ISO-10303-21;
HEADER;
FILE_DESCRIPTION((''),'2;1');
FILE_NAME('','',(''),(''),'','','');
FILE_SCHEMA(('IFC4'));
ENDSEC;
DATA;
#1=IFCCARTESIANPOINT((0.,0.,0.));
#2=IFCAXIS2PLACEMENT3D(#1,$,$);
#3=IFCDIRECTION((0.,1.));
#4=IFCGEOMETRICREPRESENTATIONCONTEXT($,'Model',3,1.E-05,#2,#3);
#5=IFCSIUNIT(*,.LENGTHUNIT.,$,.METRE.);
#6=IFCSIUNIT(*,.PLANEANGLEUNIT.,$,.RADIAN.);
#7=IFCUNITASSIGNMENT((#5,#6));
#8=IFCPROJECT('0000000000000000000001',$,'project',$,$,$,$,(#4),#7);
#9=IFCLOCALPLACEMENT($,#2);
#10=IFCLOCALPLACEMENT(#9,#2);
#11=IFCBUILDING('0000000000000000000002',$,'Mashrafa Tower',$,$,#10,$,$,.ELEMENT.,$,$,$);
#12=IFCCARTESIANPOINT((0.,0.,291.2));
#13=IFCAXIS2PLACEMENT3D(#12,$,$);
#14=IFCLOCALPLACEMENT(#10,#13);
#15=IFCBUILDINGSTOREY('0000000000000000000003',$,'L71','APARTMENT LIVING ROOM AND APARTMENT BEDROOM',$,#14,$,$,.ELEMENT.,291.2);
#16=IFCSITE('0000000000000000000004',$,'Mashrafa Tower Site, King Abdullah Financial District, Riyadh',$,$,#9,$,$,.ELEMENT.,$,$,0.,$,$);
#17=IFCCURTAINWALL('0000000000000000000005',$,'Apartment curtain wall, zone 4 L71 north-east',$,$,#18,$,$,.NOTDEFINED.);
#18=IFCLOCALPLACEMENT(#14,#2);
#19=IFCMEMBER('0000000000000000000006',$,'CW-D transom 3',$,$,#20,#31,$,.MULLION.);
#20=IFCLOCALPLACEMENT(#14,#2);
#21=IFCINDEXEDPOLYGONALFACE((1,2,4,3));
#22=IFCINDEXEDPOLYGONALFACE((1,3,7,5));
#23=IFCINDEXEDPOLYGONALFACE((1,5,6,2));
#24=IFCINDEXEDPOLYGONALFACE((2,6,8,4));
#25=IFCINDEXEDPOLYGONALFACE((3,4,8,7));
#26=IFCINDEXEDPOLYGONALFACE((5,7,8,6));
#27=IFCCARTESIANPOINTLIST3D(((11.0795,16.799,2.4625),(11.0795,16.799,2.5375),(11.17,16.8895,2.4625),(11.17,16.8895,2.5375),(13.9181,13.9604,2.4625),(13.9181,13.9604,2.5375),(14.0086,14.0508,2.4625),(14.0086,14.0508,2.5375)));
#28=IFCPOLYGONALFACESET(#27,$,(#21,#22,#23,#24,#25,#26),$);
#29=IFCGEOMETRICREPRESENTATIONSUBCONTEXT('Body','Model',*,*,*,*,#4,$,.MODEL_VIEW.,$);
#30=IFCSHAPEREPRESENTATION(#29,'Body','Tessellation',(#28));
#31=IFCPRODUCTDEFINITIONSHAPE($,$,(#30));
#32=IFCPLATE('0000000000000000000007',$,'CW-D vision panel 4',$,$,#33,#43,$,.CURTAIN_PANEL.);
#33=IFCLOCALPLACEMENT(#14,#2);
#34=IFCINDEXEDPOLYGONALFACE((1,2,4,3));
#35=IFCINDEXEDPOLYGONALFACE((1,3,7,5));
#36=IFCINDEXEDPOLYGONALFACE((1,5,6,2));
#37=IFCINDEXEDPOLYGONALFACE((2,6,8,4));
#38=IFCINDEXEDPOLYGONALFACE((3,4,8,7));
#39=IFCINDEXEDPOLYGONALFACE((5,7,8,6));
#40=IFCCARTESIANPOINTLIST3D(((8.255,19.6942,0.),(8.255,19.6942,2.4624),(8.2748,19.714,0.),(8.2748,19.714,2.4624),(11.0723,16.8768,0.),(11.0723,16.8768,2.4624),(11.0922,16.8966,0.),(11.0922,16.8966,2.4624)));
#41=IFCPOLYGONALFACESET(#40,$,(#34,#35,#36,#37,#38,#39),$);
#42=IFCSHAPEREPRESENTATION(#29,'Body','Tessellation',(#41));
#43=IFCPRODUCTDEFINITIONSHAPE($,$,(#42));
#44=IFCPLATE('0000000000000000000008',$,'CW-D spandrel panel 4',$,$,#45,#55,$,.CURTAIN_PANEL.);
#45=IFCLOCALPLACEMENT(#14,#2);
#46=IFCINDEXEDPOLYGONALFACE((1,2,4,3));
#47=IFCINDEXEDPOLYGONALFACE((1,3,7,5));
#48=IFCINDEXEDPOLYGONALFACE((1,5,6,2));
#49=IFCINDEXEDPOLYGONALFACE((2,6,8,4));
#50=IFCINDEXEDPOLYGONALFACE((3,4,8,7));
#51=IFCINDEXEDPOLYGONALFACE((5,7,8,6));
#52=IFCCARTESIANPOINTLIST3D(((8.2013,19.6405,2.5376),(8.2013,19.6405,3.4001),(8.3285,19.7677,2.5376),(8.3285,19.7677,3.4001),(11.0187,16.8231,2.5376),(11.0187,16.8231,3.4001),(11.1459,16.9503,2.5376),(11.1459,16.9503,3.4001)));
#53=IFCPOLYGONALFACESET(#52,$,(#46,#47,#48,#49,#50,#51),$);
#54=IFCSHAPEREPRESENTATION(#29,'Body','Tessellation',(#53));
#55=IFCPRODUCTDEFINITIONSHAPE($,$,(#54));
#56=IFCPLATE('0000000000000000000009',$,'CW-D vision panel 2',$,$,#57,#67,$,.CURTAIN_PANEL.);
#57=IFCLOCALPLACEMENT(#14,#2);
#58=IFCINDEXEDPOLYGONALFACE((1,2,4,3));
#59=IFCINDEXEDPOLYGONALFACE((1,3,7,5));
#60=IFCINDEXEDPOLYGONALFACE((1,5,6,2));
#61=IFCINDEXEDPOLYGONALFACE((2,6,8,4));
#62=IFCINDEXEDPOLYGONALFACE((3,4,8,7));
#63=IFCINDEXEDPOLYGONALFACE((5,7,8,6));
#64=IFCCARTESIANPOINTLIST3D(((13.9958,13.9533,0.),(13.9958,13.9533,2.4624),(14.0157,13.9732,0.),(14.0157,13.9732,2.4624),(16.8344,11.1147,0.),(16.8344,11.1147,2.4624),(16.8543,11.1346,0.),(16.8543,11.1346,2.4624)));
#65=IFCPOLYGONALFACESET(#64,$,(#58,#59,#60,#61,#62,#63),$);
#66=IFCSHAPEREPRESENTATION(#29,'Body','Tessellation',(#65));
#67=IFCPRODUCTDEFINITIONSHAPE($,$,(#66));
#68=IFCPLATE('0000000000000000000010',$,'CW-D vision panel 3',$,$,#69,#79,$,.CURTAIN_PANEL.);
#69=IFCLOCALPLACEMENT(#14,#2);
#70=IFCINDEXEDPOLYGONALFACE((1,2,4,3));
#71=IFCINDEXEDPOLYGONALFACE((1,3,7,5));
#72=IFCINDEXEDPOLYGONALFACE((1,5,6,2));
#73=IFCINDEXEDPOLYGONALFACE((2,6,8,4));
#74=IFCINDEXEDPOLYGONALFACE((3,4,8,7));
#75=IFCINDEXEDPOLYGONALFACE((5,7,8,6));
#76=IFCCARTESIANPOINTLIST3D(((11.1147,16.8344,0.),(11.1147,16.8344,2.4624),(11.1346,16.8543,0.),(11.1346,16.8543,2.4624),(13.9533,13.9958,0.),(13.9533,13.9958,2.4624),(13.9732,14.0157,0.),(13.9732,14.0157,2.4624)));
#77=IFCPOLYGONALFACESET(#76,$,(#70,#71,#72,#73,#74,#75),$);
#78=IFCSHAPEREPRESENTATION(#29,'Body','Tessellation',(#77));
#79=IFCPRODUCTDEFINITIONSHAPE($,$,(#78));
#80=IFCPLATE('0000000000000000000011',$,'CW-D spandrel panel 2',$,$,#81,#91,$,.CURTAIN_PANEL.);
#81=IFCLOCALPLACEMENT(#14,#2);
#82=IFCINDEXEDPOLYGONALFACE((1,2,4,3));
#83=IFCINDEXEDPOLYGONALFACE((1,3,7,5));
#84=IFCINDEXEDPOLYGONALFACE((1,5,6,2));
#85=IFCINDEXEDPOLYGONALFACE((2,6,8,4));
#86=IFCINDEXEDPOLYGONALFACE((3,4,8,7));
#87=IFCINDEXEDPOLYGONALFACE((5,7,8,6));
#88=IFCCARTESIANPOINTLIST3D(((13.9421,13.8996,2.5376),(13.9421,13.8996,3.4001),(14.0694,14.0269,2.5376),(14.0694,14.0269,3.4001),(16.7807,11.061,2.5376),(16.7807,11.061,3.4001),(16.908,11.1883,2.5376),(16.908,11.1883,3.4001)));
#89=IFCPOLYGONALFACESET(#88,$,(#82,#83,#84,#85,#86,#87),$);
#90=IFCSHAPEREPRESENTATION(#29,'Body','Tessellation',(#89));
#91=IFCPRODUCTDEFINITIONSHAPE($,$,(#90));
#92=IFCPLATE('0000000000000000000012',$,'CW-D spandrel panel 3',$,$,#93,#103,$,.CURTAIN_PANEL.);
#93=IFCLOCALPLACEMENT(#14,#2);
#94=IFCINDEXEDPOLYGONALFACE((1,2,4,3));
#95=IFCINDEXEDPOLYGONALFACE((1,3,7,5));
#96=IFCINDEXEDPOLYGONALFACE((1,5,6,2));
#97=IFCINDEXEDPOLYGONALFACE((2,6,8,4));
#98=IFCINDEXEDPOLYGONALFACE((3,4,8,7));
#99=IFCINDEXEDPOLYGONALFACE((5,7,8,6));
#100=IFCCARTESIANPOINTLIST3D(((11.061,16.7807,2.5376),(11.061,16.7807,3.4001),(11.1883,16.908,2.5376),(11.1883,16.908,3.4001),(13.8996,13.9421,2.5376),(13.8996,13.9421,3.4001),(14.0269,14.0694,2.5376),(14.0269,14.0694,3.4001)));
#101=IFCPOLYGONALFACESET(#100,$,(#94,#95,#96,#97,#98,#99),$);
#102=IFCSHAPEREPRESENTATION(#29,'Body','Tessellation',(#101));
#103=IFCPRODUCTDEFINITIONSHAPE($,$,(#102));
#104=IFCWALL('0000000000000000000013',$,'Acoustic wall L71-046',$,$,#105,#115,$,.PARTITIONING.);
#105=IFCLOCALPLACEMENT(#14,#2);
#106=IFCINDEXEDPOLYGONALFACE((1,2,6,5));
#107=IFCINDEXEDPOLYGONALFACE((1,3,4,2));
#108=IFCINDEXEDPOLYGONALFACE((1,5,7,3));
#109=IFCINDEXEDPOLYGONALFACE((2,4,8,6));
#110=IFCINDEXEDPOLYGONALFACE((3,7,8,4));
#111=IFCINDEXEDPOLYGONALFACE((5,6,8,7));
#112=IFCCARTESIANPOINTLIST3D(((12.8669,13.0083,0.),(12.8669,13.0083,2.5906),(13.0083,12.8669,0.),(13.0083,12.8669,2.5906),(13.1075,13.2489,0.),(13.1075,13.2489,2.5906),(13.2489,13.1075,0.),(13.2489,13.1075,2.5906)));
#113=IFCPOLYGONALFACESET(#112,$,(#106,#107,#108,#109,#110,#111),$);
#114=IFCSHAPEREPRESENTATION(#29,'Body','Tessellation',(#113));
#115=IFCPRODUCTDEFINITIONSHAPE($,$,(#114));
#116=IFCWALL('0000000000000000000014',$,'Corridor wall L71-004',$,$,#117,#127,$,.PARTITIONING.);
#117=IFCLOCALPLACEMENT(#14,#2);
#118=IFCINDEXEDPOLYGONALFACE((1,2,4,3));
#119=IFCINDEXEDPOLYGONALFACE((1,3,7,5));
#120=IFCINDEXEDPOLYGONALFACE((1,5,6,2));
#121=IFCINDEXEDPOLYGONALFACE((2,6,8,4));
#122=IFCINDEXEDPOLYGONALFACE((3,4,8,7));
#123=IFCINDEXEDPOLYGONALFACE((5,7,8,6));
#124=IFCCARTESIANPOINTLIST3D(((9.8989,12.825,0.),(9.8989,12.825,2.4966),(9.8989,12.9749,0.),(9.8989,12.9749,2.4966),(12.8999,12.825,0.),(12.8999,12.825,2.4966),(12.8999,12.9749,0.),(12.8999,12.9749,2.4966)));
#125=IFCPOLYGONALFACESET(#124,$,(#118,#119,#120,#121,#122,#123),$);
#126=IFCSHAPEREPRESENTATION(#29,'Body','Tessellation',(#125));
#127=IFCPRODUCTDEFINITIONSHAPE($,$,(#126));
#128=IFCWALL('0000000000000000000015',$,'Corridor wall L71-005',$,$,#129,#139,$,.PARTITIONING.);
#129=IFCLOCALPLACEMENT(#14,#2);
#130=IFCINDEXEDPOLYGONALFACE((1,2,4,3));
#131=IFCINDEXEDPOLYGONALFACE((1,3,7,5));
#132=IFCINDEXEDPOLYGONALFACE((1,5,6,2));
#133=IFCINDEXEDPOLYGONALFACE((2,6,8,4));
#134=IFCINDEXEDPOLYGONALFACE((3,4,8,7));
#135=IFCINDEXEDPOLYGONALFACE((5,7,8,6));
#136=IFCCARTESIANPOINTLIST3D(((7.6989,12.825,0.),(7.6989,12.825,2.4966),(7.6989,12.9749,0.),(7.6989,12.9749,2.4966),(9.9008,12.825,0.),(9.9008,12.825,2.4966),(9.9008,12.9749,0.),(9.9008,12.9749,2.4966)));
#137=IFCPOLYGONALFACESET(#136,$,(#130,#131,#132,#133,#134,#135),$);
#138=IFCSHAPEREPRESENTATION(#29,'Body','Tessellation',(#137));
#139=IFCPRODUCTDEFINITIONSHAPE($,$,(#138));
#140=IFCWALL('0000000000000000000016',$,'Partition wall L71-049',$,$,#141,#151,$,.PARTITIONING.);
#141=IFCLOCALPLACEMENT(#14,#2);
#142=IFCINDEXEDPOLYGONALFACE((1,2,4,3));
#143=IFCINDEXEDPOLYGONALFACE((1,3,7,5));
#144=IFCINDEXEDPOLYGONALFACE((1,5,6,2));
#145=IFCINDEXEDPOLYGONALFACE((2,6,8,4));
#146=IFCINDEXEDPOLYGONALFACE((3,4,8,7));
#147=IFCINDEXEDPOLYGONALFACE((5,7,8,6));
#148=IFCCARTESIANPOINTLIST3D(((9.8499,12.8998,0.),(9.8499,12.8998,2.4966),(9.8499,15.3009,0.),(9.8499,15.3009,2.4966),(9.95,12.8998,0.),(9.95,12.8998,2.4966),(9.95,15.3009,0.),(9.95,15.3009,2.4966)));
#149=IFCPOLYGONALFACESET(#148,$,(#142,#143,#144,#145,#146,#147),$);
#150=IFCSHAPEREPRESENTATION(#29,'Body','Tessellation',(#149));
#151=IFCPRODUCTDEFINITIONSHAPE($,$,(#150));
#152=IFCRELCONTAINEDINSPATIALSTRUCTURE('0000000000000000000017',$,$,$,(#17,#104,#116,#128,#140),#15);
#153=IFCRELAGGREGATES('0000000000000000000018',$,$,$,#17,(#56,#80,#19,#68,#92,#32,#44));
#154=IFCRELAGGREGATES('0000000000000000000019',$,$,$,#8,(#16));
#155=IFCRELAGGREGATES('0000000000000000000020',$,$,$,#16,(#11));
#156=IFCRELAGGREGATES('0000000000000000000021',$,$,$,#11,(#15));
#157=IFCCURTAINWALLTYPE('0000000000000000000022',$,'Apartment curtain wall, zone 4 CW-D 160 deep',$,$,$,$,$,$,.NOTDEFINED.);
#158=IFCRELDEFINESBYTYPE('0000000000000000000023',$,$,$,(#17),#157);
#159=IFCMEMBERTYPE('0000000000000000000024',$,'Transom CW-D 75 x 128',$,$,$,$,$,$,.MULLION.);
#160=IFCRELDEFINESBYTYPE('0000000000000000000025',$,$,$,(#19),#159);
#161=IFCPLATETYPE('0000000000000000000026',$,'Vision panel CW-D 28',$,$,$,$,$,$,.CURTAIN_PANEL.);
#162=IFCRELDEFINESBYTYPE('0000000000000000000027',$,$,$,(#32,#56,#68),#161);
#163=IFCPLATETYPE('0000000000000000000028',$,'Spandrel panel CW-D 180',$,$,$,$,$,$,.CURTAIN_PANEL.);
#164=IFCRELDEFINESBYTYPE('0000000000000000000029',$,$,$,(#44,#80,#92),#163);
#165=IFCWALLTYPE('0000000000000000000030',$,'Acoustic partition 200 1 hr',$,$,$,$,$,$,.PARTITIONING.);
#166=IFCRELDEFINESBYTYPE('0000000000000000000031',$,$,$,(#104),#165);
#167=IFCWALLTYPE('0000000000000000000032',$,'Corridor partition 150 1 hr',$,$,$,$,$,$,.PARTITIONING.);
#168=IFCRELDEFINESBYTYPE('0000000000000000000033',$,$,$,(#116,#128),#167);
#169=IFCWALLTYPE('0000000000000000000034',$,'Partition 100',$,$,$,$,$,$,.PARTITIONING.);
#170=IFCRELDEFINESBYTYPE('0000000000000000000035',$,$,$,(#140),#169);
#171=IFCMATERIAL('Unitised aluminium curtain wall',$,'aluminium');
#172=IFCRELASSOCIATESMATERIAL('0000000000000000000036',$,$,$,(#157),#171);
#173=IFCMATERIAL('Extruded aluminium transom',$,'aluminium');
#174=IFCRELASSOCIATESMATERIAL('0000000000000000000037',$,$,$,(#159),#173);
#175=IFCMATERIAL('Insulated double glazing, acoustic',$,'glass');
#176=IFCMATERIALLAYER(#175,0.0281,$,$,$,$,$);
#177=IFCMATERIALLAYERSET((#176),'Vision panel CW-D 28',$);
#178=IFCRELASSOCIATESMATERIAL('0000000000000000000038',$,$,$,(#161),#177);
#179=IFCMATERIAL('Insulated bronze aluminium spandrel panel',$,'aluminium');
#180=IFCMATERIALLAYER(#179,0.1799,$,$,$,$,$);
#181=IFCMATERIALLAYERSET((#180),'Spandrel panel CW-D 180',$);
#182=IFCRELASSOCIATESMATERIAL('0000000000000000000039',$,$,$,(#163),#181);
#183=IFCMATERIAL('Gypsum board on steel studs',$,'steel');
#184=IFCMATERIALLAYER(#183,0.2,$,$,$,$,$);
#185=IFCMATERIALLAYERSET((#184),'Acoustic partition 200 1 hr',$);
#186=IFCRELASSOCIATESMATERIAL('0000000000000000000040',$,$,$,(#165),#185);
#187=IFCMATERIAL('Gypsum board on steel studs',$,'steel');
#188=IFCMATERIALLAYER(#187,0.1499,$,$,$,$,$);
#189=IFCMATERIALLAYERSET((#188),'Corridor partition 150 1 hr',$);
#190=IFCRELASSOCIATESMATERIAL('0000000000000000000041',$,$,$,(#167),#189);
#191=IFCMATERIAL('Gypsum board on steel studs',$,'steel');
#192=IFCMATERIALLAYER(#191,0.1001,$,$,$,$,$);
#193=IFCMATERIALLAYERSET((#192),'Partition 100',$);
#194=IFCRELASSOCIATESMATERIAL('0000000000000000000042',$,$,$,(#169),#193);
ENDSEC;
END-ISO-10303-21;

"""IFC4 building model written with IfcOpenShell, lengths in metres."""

from ifc_helpers import new_model, si_unit, direction, frame, frame_2d, origin, origin_2d, place, context, subcontext, project, spatial, rectangle, extrude, source, transform, mapped, material, layer, layer_set, material_profile, profile_set, type_object, type_shapes, element, aggregate, save


model = new_model("IFC4")

# Units and contexts
model_context = context("Model", 3, precision=1e-05, world=origin(), true_north=direction((0.0, 1.0)))
body_context = subcontext(model_context, "Body", "Model", "MODEL_VIEW")
ifc_project = project(units=[si_unit("LENGTHUNIT", "METRE"), si_unit("PLANEANGLEUNIT", "RADIAN")], contexts=[model_context])

# Site, building, storey
site_placement = place(None, origin())
site = spatial("IfcSite", under=ifc_project, at=site_placement, Name="Mashrafa Tower Site, King Abdullah Financial District, Riyadh", CompositionType="ELEMENT", RefElevation=0.0)
building_placement = place(site_placement, origin())
building = spatial("IfcBuilding", under=site, at=building_placement, Name="Mashrafa Tower", CompositionType="ELEMENT")
storey_placement = place(building_placement, frame((0.0, 0.0, 291.2)))
storey = spatial("IfcBuildingStorey", under=building, at=storey_placement, Name="L71", Description="APARTMENT LIVING ROOM AND APARTMENT BEDROOM", CompositionType="ELEMENT", Elevation=291.2)

# Curtain wall
ifc_material_1 = material(Name="Unitised aluminium curtain wall", Category="aluminium")
curtain_wall_type = type_object("IfcCurtainWallType", Name="Apartment curtain wall, zone 4 CW-D 160 deep", PredefinedType="NOTDEFINED", material=ifc_material_1)
curtain_wall_1_placement = place(storey_placement, origin())
curtain_wall_1 = element("IfcCurtainWall", 1, at=curtain_wall_1_placement, inside=storey, type_object=curtain_wall_type, Name="Apartment curtain wall, zone 4 L71 north-east", PredefinedType="NOTDEFINED")

# Member
ifc_material_2 = material(Name="Extruded aluminium transom", Category="aluminium")
ifc_material_profile_1 = material_profile(ifc_material_2, rectangle(XDim=0.1279, YDim=0.075, at=origin_2d()), Name="Transom 75x128")
ifc_profile_set_1 = profile_set([ifc_material_profile_1], Name="Extruded aluminium transom")
member_type_1 = type_object("IfcMemberType", Name="Transom CW-D 75 x 128", PredefinedType="MULLION", material=ifc_profile_set_1)
shared_shape_1 = source(origin(), body_context, "Body", "SweptSolid", [
    extrude(rectangle(XDim=0.1279, YDim=0.075, at=origin_2d()), origin(), (0.0, 0.0, 1.0), 4.0144),
])
member_1_placement = place(storey_placement, frame((13.9634, 14.0056, 2.5), z_axis=(-0.707107, 0.707107, 0.0), x_axis=(-0.707107, -0.707107, 0.0)))
member_1 = element("IfcMember", 2, at=member_1_placement, type_object=member_type_1, Name="CW-D transom 3", PredefinedType="MULLION", context=body_context, shape_type="MappedRepresentation", body=[
    mapped(shared_shape_1, transform((0.0, 0.0, 0.0))),
])

# Plates
ifc_material_3 = material(Name="Insulated double glazing, acoustic", Category="glass")
ifc_layer_1 = layer(ifc_material_3, 0.0281)
ifc_layer_set_1 = layer_set([ifc_layer_1], Name="Vision panel CW-D 28")
plate_type_1 = type_object("IfcPlateType", Name="Vision panel CW-D 28", PredefinedType="CURTAIN_PANEL", material=ifc_layer_set_1)
shared_shape_2 = source(origin(), body_context, "Body", "SweptSolid", [
    extrude(rectangle(XDim=3.9844, YDim=0.0281, at=origin_2d()), origin(), (0.0, 0.0, 1.0), 2.4624),
])
plate_1_placement = place(storey_placement, frame((9.6736, 18.2954, 0.0), z_axis=(0.0, 0.0, 1.0), x_axis=(-0.707107, 0.707107, 0.0)))
plate_1 = element("IfcPlate", 3, at=plate_1_placement, type_object=plate_type_1, Name="CW-D vision panel 4", PredefinedType="CURTAIN_PANEL", context=body_context, shape_type="MappedRepresentation", body=[
    mapped(shared_shape_2, transform((0.0, 0.0, 0.0))),
])
ifc_material_4 = material(Name="Insulated bronze aluminium spandrel panel", Category="aluminium")
ifc_layer_2 = layer(ifc_material_4, 0.1799)
ifc_layer_set_2 = layer_set([ifc_layer_2], Name="Spandrel panel CW-D 180")
plate_type_2 = type_object("IfcPlateType", Name="Spandrel panel CW-D 180", PredefinedType="CURTAIN_PANEL", material=ifc_layer_set_2)
shared_shape_3 = source(origin(), body_context, "Body", "SweptSolid", [
    extrude(rectangle(XDim=3.9844, YDim=0.1799, at=origin_2d()), origin(), (0.0, 0.0, 1.0), 0.8625),
])
plate_2_placement = place(storey_placement, frame((9.6736, 18.2954, 2.5376), z_axis=(0.0, 0.0, 1.0), x_axis=(-0.707107, 0.707107, 0.0)))
plate_2 = element("IfcPlate", 4, at=plate_2_placement, type_object=plate_type_2, Name="CW-D spandrel panel 4", PredefinedType="CURTAIN_PANEL", context=body_context, shape_type="MappedRepresentation", body=[
    mapped(shared_shape_3, transform((0.0, 0.0, 0.0))),
])
shared_shape_4 = source(origin(), body_context, "Body", "SweptSolid", [
    extrude(rectangle(XDim=4.0144, YDim=0.0281, at=origin_2d()), origin(), (0.0, 0.0, 1.0), 2.4624),
])
type_shapes(plate_type_1, [shared_shape_2, shared_shape_4])
plate_3_placement = place(storey_placement, frame((15.425, 12.5439, 0.0), z_axis=(0.0, 0.0, 1.0), x_axis=(-0.707107, 0.707107, 0.0)))
plate_3 = element("IfcPlate", 5, at=plate_3_placement, type_object=plate_type_1, Name="CW-D vision panel 2", PredefinedType="CURTAIN_PANEL", context=body_context, shape_type="MappedRepresentation", body=[
    mapped(shared_shape_4, transform((0.0, 0.0, 0.0))),
])
plate_4_placement = place(storey_placement, frame((12.5439, 15.425, 0.0), z_axis=(0.0, 0.0, 1.0), x_axis=(-0.707107, 0.707107, 0.0)))
plate_4 = element("IfcPlate", 6, at=plate_4_placement, type_object=plate_type_1, Name="CW-D vision panel 3", PredefinedType="CURTAIN_PANEL", context=body_context, shape_type="MappedRepresentation", body=[
    mapped(shared_shape_4, transform((0.0, 0.0, 0.0))),
])
shared_shape_5 = source(origin(), body_context, "Body", "SweptSolid", [
    extrude(rectangle(XDim=4.0144, YDim=0.1799, at=origin_2d()), origin(), (0.0, 0.0, 1.0), 0.8625),
])
type_shapes(plate_type_2, [shared_shape_3, shared_shape_5])
plate_5_placement = place(storey_placement, frame((15.425, 12.5439, 2.5376), z_axis=(0.0, 0.0, 1.0), x_axis=(-0.707107, 0.707107, 0.0)))
plate_5 = element("IfcPlate", 7, at=plate_5_placement, type_object=plate_type_2, Name="CW-D spandrel panel 2", PredefinedType="CURTAIN_PANEL", context=body_context, shape_type="MappedRepresentation", body=[
    mapped(shared_shape_5, transform((0.0, 0.0, 0.0))),
])
plate_6_placement = place(storey_placement, frame((12.5439, 15.425, 2.5376), z_axis=(0.0, 0.0, 1.0), x_axis=(-0.707107, 0.707107, 0.0)))
plate_6 = element("IfcPlate", 8, at=plate_6_placement, type_object=plate_type_2, Name="CW-D spandrel panel 3", PredefinedType="CURTAIN_PANEL", context=body_context, shape_type="MappedRepresentation", body=[
    mapped(shared_shape_5, transform((0.0, 0.0, 0.0))),
])
aggregate(curtain_wall_1, [plate_3, plate_5, member_1, plate_4, plate_6, plate_1, plate_2])

# Walls
ifc_material_5 = material(Name="Gypsum board on steel studs", Category="steel")
ifc_layer_3 = layer(ifc_material_5, 0.2)
ifc_layer_set_3 = layer_set([ifc_layer_3], Name="Acoustic partition 200 1 hr")
wall_type_1 = type_object("IfcWallType", Name="Acoustic partition 200 1 hr", PredefinedType="PARTITIONING", material=ifc_layer_set_3)
wall_1_placement = place(storey_placement, frame((13.1782, 13.1782, 0.0), z_axis=(0.0, 0.0, 1.0), x_axis=(-0.707107, -0.707107, 0.0)))
element("IfcWall", 9, at=wall_1_placement, inside=storey, type_object=wall_type_1, Name="Acoustic wall L71-046", PredefinedType="PARTITIONING", context=body_context, shape_type="SweptSolid", body=[
    extrude(rectangle(XDim=0.3403, YDim=0.2, at=frame_2d((0.1702, 0.0))), origin(), (0.0, 0.0, 1.0), 2.5906),
])
ifc_material_6 = material(Name="Gypsum board on steel studs", Category="steel")
ifc_layer_4 = layer(ifc_material_6, 0.1499)
ifc_layer_set_4 = layer_set([ifc_layer_4], Name="Corridor partition 150 1 hr")
wall_type_2 = type_object("IfcWallType", Name="Corridor partition 150 1 hr", PredefinedType="PARTITIONING", material=ifc_layer_set_4)
wall_2_placement = place(storey_placement, frame((12.8999, 12.8999, 0.0), z_axis=(0.0, 0.0, 1.0), x_axis=(-1.0, 0.0, 0.0)))
element("IfcWall", 10, at=wall_2_placement, inside=storey, type_object=wall_type_2, Name="Corridor wall L71-004", PredefinedType="PARTITIONING", context=body_context, shape_type="SweptSolid", body=[
    extrude(rectangle(XDim=3.001, YDim=0.1499, at=frame_2d((1.5005, 0.0))), origin(), (0.0, 0.0, 1.0), 2.4966),
])
wall_3_placement = place(storey_placement, frame((9.9009, 12.8999, 0.0), z_axis=(0.0, 0.0, 1.0), x_axis=(-1.0, 0.0, 0.0)))
element("IfcWall", 11, at=wall_3_placement, inside=storey, type_object=wall_type_2, Name="Corridor wall L71-005", PredefinedType="PARTITIONING", context=body_context, shape_type="SweptSolid", body=[
    extrude(rectangle(XDim=2.2019, YDim=0.1499, at=frame_2d((1.1011, 0.0))), origin(), (0.0, 0.0, 1.0), 2.4966),
])
ifc_material_7 = material(Name="Gypsum board on steel studs", Category="steel")
ifc_layer_5 = layer(ifc_material_7, 0.1001)
ifc_layer_set_5 = layer_set([ifc_layer_5], Name="Partition 100")
wall_type_3 = type_object("IfcWallType", Name="Partition 100", PredefinedType="PARTITIONING", material=ifc_layer_set_5)
wall_4_placement = place(storey_placement, frame((9.8999, 15.301, 0.0), z_axis=(0.0, 0.0, 1.0), x_axis=(0.0, -1.0, 0.0)))
element("IfcWall", 12, at=wall_4_placement, inside=storey, type_object=wall_type_3, Name="Partition wall L71-049", PredefinedType="PARTITIONING", context=body_context, shape_type="SweptSolid", body=[
    extrude(rectangle(XDim=2.4011, YDim=0.1001, at=frame_2d((1.2007, 0.0))), origin(), (0.0, 0.0, 1.0), 2.4966),
])

save(model, "model.ifc")
